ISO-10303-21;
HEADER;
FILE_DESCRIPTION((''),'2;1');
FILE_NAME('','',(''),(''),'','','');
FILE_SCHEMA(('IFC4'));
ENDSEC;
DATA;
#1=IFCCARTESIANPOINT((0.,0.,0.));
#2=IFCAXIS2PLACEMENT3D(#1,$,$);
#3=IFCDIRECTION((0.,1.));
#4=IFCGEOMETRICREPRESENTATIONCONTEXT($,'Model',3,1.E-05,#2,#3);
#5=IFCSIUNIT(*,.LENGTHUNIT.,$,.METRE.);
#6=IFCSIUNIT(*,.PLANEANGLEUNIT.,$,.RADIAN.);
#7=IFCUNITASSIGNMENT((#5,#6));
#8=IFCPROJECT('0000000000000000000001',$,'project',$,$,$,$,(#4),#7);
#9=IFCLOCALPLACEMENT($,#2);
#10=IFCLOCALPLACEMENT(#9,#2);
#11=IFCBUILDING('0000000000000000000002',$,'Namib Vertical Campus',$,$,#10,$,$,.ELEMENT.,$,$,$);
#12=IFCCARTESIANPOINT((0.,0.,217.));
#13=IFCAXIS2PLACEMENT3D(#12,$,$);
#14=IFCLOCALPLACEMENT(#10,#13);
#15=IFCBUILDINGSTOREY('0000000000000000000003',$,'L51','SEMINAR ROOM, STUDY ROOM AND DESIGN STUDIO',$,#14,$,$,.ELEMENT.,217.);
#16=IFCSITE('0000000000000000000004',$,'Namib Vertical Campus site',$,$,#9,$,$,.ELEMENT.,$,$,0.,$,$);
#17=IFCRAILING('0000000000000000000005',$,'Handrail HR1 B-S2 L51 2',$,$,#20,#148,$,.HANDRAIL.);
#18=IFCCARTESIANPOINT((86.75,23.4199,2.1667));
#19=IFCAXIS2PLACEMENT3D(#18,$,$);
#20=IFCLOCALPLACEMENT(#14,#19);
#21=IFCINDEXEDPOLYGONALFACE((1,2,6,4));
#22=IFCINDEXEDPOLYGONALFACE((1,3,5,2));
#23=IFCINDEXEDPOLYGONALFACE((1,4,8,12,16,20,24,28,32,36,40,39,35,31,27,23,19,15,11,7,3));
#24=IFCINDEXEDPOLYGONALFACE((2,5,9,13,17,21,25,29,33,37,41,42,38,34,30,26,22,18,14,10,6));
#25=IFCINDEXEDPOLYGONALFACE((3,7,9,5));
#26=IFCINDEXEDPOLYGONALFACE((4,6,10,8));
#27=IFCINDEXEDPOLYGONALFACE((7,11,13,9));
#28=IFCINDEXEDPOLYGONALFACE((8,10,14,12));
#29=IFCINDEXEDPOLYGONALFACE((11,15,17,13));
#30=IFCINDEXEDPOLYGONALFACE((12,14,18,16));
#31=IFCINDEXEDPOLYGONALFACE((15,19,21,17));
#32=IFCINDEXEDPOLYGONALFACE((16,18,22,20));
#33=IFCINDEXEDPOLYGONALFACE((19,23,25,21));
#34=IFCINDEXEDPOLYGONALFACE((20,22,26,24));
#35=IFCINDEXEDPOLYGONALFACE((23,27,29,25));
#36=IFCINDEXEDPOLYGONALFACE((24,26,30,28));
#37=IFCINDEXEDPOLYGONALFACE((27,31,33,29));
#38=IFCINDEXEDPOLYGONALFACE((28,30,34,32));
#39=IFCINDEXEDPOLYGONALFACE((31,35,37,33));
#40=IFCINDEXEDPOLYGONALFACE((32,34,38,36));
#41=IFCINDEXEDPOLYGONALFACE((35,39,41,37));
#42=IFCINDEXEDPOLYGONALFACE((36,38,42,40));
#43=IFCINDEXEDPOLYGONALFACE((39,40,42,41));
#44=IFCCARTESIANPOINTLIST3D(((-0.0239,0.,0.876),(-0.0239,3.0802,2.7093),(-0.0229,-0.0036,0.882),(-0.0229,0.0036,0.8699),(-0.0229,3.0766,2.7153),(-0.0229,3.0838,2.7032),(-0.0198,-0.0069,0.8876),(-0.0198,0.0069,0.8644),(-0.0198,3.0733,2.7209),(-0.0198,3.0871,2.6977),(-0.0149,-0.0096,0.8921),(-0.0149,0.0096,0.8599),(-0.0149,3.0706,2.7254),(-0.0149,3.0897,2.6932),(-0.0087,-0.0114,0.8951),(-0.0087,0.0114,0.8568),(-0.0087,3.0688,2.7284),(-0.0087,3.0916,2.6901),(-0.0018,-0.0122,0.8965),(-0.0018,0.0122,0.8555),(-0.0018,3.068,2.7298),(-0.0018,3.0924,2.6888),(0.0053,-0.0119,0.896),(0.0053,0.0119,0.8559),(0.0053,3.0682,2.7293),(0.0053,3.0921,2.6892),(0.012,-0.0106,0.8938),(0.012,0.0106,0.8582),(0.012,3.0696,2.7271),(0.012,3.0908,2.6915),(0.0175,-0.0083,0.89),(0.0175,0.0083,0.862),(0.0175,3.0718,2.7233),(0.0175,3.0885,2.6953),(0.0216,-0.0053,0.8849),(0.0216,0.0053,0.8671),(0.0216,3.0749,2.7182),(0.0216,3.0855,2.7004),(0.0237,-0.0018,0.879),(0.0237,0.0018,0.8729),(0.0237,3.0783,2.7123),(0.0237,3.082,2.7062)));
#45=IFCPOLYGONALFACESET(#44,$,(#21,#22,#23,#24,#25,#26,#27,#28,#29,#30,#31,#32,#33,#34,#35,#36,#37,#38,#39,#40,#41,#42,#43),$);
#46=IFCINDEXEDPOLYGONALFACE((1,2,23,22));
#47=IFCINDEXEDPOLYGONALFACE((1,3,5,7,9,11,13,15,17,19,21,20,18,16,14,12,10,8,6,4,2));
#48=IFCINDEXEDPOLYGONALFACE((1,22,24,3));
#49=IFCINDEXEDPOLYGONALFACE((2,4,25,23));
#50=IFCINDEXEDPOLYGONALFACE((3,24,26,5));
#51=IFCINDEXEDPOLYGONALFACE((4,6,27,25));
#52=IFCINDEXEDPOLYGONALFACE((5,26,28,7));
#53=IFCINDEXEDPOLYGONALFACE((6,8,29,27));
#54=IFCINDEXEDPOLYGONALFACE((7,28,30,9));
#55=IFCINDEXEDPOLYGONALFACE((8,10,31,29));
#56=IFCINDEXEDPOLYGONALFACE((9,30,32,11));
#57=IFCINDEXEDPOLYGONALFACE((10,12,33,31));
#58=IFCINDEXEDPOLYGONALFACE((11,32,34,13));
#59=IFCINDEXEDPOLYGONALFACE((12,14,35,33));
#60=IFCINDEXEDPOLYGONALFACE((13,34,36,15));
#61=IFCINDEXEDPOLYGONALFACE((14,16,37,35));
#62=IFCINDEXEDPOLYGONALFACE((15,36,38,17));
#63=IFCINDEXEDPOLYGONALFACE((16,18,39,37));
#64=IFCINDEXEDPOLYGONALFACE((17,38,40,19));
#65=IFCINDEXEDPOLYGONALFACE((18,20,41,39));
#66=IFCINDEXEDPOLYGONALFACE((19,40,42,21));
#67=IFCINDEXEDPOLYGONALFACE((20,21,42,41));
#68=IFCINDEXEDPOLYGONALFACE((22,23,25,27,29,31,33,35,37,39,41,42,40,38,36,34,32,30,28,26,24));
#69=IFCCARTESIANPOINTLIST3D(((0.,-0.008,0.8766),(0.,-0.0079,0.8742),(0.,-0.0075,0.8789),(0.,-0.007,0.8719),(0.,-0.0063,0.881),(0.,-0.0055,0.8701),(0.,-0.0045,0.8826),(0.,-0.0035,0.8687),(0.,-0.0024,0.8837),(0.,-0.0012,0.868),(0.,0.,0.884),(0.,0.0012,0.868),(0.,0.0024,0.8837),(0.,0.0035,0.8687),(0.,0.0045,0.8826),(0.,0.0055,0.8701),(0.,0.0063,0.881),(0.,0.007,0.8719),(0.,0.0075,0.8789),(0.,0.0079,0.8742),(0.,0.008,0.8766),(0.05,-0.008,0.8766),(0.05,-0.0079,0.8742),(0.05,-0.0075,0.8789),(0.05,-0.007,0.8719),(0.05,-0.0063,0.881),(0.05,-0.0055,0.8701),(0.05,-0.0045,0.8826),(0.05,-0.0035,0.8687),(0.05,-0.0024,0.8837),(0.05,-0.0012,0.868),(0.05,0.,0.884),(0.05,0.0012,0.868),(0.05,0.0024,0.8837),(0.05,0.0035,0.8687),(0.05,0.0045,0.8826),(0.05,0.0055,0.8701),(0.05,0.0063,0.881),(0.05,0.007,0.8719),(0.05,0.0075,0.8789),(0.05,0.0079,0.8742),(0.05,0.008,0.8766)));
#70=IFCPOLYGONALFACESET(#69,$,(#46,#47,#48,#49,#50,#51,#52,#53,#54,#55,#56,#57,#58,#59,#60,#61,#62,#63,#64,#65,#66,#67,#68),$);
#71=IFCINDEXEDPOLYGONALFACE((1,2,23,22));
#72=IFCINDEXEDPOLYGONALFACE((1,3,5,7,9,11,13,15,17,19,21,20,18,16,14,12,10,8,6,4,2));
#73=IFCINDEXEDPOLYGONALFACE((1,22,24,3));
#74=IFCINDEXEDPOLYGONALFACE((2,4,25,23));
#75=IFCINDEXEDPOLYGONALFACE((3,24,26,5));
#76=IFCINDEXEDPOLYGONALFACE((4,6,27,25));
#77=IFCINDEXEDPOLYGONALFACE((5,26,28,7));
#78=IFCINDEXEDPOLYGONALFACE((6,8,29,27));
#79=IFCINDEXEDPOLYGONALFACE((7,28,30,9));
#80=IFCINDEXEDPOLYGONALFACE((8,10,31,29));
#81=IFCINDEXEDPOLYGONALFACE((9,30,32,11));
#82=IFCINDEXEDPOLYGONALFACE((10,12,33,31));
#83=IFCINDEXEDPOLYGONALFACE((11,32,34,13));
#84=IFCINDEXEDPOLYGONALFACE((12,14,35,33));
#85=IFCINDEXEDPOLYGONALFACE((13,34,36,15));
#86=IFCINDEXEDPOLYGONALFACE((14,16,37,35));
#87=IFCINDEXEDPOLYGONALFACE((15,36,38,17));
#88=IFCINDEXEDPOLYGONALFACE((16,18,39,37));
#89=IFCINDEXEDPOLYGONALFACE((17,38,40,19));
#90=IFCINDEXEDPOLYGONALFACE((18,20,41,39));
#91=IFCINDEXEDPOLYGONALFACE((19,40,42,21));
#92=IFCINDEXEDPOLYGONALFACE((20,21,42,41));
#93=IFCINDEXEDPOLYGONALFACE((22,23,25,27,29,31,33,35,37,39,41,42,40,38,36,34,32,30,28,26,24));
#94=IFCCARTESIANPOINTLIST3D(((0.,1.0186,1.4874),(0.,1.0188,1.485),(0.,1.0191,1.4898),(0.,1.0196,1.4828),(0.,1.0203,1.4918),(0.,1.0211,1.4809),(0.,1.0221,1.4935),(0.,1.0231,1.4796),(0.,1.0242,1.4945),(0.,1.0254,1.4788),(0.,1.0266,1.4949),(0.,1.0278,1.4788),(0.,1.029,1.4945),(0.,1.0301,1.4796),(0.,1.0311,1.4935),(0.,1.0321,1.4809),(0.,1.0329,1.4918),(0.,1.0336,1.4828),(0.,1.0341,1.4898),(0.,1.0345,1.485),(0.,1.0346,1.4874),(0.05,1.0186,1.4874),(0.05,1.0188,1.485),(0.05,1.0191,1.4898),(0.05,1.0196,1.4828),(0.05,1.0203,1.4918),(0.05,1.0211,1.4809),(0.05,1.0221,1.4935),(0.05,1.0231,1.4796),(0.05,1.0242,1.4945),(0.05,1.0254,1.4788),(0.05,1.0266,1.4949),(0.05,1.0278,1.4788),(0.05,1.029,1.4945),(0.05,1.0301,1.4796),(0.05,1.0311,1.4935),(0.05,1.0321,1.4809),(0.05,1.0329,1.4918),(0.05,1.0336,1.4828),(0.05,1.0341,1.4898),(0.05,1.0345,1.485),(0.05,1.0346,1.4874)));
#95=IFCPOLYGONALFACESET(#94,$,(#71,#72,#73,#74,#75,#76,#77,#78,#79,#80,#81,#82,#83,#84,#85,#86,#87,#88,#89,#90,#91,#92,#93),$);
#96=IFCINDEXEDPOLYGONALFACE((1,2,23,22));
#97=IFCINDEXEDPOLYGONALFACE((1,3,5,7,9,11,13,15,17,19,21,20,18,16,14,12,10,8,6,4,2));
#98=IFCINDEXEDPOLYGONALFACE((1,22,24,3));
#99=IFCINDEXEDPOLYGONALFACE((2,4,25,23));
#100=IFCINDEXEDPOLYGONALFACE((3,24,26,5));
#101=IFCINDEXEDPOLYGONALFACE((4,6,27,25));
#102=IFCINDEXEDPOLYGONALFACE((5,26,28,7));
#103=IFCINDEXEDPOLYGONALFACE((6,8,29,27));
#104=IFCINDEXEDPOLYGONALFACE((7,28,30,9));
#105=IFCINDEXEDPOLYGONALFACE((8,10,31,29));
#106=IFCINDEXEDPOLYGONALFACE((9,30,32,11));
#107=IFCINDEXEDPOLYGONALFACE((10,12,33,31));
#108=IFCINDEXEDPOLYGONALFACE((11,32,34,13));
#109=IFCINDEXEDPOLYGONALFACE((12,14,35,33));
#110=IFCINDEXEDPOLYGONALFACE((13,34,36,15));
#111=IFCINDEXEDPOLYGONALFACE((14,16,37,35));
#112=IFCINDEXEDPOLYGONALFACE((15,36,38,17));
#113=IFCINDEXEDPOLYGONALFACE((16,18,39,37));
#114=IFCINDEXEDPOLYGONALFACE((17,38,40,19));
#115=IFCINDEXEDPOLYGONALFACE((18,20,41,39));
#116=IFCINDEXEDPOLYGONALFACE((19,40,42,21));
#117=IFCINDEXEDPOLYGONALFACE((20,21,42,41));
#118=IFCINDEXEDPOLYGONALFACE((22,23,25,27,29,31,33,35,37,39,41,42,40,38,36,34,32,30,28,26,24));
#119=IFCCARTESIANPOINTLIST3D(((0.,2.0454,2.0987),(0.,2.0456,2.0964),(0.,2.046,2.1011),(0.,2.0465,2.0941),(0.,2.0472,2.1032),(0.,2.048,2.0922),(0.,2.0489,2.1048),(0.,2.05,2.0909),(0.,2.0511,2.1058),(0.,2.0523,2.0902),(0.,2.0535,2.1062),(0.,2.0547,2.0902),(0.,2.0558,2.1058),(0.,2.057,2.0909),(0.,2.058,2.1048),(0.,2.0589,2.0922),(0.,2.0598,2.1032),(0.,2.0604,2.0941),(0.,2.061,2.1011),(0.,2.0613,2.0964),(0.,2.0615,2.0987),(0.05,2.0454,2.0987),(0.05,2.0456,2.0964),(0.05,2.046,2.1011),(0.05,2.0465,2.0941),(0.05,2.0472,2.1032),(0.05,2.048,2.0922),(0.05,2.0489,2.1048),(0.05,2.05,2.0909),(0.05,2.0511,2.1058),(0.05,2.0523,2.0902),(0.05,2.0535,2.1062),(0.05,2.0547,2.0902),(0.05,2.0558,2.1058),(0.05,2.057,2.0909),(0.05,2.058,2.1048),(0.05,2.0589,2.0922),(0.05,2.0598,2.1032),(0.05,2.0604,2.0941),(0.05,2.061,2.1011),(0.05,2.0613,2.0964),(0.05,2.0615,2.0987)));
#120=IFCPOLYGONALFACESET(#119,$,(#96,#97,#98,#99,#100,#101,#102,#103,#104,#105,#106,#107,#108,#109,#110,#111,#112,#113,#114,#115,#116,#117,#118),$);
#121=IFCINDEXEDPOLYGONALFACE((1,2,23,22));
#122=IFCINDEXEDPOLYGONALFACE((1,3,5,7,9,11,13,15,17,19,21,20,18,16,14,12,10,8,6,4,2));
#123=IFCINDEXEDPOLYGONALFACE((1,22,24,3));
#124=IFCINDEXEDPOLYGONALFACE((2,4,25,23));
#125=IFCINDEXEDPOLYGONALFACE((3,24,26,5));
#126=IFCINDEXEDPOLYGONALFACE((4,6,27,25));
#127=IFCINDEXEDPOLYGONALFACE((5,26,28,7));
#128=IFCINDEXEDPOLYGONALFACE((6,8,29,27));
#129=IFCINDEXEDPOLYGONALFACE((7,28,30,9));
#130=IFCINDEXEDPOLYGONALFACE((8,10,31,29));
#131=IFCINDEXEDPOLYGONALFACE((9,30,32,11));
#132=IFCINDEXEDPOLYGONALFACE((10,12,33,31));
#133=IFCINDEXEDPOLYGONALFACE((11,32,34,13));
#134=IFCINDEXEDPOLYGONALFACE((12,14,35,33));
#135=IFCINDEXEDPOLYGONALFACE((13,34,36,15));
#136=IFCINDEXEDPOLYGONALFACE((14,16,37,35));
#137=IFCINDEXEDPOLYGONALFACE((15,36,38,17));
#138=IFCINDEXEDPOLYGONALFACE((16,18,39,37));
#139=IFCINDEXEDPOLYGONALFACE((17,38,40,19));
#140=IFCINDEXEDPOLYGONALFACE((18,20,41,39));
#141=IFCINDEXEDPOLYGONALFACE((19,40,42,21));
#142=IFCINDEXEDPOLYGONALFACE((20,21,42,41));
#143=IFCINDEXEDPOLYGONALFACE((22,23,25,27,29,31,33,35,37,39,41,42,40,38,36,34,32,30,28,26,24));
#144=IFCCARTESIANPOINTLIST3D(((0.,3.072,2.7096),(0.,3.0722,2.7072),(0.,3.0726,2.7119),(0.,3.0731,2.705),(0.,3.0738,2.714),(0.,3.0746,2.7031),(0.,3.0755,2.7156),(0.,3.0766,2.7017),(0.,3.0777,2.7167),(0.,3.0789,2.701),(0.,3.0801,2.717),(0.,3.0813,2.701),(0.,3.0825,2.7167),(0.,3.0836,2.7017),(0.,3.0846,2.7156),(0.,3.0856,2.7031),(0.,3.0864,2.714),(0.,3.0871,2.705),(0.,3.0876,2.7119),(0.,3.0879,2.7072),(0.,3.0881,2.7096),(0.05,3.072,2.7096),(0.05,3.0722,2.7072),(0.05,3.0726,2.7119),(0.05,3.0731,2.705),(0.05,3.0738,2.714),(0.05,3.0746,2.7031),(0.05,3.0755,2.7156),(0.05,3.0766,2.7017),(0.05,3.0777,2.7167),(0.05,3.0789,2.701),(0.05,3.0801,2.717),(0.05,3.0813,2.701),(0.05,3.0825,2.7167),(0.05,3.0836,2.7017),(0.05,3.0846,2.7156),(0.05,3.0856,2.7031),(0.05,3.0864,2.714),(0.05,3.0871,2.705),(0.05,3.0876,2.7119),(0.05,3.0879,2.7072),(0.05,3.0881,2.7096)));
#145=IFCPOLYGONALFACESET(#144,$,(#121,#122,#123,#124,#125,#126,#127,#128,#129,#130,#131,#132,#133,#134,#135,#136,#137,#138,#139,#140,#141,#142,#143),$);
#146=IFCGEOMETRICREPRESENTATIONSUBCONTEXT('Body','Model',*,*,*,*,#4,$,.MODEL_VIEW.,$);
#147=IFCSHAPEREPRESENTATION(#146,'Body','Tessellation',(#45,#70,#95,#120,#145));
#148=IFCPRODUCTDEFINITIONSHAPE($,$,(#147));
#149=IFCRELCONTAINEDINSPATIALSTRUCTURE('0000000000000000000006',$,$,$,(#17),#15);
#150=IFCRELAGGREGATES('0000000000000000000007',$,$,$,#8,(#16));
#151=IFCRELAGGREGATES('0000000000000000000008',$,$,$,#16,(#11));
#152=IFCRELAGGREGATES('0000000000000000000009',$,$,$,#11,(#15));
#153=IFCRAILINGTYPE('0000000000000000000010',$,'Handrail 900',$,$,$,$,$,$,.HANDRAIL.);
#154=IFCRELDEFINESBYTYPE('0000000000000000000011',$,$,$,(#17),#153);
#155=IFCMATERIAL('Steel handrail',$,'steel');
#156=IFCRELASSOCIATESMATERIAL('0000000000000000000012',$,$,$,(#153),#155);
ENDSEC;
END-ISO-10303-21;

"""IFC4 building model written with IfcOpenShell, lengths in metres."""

from ifc_helpers import new_model, si_unit, direction, frame, origin, origin_2d, place, context, subcontext, project, spatial, circle, extrude, material, type_object, element, save


model = new_model("IFC4")

# Units and contexts
model_context = context("Model", 3, precision=1e-05, world=origin(), true_north=direction((0.0, 1.0)))
body_context = subcontext(model_context, "Body", "Model", "MODEL_VIEW")
ifc_project = project(units=[si_unit("LENGTHUNIT", "METRE"), si_unit("PLANEANGLEUNIT", "RADIAN")], contexts=[model_context])

# Site, building, storey
site_placement = place(None, origin())
site = spatial("IfcSite", under=ifc_project, at=site_placement, Name="Namib Vertical Campus site", CompositionType="ELEMENT", RefElevation=0.0)
building_placement = place(site_placement, origin())
building = spatial("IfcBuilding", under=site, at=building_placement, Name="Namib Vertical Campus", CompositionType="ELEMENT")
storey_placement = place(building_placement, frame((0.0, 0.0, 217.0)))
storey = spatial("IfcBuildingStorey", under=building, at=storey_placement, Name="L51", Description="SEMINAR ROOM, STUDY ROOM AND DESIGN STUDIO", CompositionType="ELEMENT", Elevation=217.0)

# Railing
ifc_material_1 = material(Name="Steel handrail", Category="steel")
railing_type_1 = type_object("IfcRailingType", Name="Handrail 900", PredefinedType="HANDRAIL", material=ifc_material_1)
railing_1_placement = place(storey_placement, frame((86.75, 23.4199, 2.1667)))
element("IfcRailing", 1, at=railing_1_placement, inside=storey, type_object=railing_type_1, Name="Handrail HR1 B-S2 L51 2", PredefinedType="HANDRAIL", context=body_context, shape_type="SweptSolid", body=[
    extrude(circle(Radius=0.0239, at=origin_2d()), frame((0.0, 0.0, 0.876), z_axis=(0.0, 0.859309, 0.511458), x_axis=(-1.0, 0.0, 0.0)), (0.0, 0.0, 1.0), 3.5845),
    extrude(circle(Radius=0.0081, at=origin_2d()), frame((0.0, 0.0, 0.876), z_axis=(1.0, 0.0, 0.0), x_axis=(0.0, 0.0, 1.0)), (0.0, 0.0, 1.0), 0.05),
    extrude(circle(Radius=0.0081, at=origin_2d()), frame((0.0, 1.0266, 1.4868), z_axis=(1.0, 0.0, 0.0), x_axis=(0.0, 0.0, 1.0)), (0.0, 0.0, 1.0), 0.05),
    extrude(circle(Radius=0.0081, at=origin_2d()), frame((0.0, 2.0535, 2.0981), z_axis=(1.0, 0.0, 0.0), x_axis=(0.0, 0.0, 1.0)), (0.0, 0.0, 1.0), 0.05),
    extrude(circle(Radius=0.0081, at=origin_2d()), frame((0.0, 3.0801, 2.709), z_axis=(1.0, 0.0, 0.0), x_axis=(0.0, 0.0, 1.0)), (0.0, 0.0, 1.0), 0.05),
])

save(model, "model.ifc")
